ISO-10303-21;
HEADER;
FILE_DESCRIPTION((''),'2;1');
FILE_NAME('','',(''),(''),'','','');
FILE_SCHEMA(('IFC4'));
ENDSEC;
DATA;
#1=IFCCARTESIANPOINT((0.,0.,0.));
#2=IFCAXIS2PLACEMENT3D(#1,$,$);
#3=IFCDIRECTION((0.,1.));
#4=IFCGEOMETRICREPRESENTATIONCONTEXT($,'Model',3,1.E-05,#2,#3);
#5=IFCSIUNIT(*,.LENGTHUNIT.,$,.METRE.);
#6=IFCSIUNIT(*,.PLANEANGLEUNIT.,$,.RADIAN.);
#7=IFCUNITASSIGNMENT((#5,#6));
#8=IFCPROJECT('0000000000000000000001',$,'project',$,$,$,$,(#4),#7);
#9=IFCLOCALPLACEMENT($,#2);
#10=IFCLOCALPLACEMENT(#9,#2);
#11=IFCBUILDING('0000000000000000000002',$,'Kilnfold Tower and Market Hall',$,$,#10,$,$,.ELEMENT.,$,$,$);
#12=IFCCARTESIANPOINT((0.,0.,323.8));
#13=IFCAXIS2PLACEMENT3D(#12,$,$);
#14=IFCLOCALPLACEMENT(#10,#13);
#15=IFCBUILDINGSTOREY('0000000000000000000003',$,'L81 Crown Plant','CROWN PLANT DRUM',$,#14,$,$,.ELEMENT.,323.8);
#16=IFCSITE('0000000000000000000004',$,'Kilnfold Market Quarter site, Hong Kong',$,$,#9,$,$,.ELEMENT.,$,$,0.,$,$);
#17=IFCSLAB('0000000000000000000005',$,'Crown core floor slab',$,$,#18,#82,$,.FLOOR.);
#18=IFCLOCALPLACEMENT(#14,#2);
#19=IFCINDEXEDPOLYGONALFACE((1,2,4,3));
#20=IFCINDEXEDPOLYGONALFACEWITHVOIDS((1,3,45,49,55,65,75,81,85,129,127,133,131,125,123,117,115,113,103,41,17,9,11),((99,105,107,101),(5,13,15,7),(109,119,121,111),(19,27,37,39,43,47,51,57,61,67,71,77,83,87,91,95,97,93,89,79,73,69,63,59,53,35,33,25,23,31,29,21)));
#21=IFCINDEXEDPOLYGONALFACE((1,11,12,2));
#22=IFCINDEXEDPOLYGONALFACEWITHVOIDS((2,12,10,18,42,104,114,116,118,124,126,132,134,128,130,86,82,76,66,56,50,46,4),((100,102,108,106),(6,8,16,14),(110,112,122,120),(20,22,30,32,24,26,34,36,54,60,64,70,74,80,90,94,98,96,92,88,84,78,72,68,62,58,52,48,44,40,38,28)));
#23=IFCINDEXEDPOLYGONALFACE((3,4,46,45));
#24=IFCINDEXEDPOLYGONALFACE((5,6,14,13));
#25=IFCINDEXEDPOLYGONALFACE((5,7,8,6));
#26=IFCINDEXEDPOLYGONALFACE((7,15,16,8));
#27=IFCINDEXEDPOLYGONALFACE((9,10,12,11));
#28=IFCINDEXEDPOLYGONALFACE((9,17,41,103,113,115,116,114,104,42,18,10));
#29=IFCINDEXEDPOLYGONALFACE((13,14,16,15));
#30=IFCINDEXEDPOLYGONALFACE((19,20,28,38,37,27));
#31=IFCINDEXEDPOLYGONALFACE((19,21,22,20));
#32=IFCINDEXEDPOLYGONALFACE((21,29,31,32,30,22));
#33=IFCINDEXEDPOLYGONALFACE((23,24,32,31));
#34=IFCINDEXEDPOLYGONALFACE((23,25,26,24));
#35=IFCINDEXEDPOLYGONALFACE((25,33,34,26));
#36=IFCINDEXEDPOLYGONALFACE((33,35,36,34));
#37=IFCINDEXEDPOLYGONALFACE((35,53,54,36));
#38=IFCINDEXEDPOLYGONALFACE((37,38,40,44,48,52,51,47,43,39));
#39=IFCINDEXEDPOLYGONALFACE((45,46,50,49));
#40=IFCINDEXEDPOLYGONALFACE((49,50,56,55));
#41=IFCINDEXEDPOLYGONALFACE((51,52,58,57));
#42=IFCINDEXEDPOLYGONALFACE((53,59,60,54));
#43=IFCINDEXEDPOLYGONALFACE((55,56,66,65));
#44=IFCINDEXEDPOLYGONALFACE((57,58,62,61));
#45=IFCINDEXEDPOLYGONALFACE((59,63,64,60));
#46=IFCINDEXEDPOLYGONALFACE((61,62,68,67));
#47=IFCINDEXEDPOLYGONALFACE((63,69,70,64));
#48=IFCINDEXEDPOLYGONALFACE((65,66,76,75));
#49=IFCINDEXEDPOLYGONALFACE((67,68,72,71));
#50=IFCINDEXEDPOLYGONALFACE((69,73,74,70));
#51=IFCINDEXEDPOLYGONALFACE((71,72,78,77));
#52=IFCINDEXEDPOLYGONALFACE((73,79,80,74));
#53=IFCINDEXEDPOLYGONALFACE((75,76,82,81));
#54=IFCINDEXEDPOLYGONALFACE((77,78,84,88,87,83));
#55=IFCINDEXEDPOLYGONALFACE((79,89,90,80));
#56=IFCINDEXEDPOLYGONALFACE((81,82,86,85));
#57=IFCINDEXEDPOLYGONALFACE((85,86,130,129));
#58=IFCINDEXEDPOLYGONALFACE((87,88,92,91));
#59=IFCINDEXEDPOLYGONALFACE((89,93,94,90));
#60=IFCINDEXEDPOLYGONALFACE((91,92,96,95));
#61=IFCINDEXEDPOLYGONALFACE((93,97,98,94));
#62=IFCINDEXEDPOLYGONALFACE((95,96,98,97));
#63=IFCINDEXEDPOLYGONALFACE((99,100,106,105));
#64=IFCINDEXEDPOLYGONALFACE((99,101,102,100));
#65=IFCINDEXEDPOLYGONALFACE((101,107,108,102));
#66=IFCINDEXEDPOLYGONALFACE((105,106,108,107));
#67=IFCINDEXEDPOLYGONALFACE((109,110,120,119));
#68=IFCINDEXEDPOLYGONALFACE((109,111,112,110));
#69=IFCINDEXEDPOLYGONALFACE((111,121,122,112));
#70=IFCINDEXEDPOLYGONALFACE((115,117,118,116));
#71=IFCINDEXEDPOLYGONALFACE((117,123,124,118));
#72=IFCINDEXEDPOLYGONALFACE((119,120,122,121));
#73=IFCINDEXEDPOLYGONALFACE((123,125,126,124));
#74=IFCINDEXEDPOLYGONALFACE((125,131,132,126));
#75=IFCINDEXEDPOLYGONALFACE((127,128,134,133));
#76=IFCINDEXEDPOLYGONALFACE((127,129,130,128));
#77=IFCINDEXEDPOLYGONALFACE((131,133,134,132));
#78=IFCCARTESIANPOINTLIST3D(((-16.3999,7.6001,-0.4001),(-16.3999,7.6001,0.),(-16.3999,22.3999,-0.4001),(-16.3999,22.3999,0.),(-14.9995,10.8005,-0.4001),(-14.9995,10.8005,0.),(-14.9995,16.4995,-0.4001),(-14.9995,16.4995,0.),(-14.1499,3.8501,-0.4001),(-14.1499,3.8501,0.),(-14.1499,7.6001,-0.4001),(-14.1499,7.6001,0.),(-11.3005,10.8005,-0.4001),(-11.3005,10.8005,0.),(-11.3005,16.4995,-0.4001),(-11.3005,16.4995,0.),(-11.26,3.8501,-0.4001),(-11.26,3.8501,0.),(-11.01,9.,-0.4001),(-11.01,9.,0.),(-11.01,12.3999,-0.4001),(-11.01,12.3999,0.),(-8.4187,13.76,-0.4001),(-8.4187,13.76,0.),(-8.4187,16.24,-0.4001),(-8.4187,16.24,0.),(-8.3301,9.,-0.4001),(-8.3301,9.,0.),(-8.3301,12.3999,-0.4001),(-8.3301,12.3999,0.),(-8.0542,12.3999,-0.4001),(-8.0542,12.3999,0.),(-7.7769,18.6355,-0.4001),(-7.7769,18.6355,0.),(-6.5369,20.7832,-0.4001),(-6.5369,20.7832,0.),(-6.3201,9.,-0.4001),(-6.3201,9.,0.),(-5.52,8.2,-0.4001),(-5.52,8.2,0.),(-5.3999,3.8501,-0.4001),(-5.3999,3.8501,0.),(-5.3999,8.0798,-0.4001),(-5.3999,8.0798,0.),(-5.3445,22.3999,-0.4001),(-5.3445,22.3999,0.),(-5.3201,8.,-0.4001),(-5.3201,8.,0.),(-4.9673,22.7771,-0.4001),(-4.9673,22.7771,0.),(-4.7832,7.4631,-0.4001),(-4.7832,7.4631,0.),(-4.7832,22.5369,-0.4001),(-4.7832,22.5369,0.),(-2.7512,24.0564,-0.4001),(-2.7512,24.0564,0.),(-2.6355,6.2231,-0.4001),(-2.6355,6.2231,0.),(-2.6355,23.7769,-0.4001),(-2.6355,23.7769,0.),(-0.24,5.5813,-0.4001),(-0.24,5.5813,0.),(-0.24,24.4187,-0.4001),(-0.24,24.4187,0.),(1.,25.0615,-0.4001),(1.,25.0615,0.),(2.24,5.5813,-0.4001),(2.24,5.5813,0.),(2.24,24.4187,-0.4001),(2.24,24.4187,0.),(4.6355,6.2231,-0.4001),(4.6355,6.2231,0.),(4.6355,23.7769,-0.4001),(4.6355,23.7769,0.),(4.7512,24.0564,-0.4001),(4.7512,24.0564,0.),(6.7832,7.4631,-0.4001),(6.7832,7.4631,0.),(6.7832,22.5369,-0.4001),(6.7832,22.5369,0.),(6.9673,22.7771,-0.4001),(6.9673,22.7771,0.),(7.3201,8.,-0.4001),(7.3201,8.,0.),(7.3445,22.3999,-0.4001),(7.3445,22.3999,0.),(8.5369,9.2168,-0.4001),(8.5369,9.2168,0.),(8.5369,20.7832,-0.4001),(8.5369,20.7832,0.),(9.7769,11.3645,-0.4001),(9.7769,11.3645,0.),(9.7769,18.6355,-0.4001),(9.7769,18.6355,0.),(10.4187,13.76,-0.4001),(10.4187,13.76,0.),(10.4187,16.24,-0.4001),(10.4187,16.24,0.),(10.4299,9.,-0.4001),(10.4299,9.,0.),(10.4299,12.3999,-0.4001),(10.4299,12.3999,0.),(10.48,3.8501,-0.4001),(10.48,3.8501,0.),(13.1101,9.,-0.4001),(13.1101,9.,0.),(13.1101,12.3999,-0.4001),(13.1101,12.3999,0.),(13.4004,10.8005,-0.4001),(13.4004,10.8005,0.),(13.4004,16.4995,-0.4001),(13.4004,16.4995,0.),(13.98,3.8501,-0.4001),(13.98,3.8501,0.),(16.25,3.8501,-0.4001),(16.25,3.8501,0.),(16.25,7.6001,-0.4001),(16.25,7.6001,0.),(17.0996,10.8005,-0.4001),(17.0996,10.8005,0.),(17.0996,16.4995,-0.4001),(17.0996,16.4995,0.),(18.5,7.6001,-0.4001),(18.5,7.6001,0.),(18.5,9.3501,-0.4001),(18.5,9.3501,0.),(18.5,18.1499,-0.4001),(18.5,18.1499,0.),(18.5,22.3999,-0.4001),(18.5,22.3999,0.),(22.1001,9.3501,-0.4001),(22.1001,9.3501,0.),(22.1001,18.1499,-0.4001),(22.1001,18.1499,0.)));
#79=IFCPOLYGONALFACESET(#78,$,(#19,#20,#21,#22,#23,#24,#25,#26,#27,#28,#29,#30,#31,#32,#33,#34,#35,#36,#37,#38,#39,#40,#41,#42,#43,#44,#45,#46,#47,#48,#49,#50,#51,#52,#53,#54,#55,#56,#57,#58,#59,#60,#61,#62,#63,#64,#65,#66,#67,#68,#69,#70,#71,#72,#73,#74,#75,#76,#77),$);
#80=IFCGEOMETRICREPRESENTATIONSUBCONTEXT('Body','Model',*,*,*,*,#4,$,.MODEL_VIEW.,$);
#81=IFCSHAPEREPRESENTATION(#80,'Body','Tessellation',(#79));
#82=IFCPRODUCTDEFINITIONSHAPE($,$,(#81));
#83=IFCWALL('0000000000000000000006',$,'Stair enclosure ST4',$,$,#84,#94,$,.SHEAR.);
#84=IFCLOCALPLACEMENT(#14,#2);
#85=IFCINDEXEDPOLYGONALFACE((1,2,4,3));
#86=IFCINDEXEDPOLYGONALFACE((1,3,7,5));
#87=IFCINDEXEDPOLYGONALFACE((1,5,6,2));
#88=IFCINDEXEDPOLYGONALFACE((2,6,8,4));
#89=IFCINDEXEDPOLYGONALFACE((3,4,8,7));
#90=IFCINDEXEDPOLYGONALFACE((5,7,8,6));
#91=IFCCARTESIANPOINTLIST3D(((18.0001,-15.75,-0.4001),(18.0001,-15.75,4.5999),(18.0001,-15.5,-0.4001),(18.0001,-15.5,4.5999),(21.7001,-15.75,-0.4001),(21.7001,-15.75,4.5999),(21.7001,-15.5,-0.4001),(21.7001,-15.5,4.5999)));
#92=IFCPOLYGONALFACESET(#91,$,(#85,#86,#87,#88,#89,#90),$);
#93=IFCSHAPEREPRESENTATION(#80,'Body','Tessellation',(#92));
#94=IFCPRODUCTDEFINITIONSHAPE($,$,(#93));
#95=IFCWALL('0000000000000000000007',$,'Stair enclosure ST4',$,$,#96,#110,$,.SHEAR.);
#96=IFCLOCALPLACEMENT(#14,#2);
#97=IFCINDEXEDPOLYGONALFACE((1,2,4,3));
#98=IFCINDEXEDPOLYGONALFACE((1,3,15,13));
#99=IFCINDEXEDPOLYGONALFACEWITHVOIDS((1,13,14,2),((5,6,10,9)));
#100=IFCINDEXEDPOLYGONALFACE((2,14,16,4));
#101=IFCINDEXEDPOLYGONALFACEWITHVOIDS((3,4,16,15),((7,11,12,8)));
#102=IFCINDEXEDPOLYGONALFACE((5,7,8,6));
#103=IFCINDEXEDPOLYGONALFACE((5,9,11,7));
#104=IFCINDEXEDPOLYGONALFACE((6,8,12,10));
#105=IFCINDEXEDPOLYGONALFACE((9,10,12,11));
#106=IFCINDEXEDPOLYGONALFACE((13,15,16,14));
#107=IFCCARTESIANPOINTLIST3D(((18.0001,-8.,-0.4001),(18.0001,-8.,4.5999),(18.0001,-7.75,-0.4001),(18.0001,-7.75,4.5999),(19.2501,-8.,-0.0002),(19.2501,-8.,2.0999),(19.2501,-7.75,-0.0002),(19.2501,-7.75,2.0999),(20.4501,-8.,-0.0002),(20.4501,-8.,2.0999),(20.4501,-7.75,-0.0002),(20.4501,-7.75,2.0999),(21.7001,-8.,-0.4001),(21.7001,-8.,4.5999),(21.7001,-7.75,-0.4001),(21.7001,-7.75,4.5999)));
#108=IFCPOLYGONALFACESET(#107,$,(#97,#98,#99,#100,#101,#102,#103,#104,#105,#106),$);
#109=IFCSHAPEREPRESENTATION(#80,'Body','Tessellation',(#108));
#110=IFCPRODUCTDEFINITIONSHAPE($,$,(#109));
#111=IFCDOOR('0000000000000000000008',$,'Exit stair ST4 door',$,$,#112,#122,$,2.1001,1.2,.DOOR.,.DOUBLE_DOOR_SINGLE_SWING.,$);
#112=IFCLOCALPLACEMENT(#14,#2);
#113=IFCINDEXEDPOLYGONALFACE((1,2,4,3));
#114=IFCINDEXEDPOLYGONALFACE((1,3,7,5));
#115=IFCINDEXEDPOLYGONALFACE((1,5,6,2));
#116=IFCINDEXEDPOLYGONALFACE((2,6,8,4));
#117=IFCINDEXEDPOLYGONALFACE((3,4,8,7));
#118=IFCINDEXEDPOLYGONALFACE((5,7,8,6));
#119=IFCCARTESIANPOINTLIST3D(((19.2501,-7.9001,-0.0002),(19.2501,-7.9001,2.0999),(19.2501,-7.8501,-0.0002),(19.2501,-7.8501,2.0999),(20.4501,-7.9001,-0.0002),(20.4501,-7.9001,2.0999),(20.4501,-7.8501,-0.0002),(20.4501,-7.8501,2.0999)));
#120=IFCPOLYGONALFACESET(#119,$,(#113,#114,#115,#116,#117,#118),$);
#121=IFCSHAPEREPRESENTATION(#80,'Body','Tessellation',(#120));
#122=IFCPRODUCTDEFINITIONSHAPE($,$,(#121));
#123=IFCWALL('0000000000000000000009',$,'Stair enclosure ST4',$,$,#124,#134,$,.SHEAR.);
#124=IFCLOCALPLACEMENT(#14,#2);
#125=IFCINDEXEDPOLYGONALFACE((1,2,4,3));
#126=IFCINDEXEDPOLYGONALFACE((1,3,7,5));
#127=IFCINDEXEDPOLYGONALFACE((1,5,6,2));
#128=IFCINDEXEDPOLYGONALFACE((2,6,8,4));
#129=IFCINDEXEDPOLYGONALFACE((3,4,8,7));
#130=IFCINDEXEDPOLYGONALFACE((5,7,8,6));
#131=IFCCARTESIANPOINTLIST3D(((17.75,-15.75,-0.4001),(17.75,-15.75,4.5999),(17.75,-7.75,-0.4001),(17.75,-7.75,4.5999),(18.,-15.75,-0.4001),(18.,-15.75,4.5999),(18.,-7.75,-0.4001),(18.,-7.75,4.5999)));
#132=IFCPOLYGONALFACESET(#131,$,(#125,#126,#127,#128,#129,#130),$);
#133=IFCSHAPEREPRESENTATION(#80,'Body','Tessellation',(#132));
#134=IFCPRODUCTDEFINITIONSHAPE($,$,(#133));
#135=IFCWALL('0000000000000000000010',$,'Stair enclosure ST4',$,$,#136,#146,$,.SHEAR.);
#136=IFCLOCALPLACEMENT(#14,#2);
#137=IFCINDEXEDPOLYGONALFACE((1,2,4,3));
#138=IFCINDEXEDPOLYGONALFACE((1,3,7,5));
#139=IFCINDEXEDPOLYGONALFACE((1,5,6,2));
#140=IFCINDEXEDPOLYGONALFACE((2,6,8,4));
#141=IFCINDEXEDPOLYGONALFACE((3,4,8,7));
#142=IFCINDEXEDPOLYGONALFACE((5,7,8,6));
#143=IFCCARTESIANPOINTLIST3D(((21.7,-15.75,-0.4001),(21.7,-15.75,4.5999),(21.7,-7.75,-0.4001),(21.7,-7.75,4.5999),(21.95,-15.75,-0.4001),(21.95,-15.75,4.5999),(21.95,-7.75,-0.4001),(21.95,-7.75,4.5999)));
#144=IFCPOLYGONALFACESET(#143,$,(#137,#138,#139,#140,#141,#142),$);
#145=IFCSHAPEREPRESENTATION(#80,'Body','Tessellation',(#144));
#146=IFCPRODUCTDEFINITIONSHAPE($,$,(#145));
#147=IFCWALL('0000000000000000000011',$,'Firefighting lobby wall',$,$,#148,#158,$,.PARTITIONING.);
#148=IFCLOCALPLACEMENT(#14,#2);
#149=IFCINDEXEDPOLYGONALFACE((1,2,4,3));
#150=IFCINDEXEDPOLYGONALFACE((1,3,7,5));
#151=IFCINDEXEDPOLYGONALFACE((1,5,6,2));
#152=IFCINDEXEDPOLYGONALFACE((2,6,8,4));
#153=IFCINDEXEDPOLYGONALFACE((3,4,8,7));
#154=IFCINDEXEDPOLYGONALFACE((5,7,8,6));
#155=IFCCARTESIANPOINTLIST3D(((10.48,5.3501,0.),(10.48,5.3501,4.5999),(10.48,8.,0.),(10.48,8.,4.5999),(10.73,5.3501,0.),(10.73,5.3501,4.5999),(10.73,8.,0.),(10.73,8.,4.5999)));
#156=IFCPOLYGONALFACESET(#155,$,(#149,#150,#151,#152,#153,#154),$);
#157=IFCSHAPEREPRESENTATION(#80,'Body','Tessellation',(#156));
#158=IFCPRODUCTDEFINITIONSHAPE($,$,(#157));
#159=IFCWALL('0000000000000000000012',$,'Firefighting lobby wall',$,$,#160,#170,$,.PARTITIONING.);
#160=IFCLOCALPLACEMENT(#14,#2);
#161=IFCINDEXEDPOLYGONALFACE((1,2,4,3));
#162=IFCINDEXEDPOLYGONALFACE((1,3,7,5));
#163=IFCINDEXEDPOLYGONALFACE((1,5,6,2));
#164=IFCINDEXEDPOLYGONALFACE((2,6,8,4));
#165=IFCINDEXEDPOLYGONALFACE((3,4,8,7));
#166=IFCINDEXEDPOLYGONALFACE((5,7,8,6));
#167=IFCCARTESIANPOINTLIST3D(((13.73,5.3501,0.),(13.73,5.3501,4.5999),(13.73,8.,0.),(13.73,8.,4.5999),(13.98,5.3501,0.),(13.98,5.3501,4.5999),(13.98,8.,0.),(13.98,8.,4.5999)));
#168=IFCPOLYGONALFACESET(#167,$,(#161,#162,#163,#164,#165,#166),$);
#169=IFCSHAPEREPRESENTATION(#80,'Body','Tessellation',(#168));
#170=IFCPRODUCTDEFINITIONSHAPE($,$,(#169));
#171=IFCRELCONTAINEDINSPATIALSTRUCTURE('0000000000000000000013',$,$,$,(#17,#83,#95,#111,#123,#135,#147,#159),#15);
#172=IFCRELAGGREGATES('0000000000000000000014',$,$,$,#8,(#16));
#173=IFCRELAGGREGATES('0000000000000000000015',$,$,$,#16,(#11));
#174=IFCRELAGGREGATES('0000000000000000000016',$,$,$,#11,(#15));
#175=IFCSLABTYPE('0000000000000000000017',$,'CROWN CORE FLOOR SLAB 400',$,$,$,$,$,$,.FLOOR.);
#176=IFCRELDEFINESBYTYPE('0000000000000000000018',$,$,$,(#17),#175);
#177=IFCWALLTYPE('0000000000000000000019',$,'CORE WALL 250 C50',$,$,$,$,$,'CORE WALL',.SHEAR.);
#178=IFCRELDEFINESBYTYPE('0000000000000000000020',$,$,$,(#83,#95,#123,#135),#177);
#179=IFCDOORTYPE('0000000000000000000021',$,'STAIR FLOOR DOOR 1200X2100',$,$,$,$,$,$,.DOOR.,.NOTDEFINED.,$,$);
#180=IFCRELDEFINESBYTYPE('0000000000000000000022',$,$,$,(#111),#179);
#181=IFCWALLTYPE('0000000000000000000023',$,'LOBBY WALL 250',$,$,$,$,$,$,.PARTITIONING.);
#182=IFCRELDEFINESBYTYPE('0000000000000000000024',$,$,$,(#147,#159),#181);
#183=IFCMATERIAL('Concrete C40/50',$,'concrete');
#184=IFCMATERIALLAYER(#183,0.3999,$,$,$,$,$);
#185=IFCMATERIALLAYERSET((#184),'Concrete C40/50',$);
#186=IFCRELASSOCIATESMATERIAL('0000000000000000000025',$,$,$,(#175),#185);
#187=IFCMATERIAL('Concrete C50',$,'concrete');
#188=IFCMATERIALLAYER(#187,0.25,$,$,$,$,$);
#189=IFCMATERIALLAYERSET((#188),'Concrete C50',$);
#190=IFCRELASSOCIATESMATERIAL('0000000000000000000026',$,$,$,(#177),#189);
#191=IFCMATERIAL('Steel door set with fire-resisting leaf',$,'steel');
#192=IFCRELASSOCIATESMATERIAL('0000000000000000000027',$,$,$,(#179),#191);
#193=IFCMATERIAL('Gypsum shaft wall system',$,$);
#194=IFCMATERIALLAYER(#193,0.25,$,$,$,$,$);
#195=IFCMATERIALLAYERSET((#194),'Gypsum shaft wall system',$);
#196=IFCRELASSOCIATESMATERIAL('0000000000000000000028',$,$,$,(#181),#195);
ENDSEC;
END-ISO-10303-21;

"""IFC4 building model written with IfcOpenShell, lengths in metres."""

from ifc_helpers import new_model, si_unit, direction, frame, frame_2d, origin, place, context, subcontext, project, spatial, polyline, rectangle, outline, extrude, source, transform, mapped, material, layer, layer_set, type_object, element, fill, save


model = new_model("IFC4")

# Units and contexts
model_context = context("Model", 3, precision=1e-05, world=origin(), true_north=direction((0.0, 1.0)))
body_context = subcontext(model_context, "Body", "Model", "MODEL_VIEW")
ifc_project = project(units=[si_unit("LENGTHUNIT", "METRE"), si_unit("PLANEANGLEUNIT", "RADIAN")], contexts=[model_context])

# Site, building, storey
site_placement = place(None, origin())
site = spatial("IfcSite", under=ifc_project, at=site_placement, Name="Kilnfold Market Quarter site, Hong Kong", CompositionType="ELEMENT", RefElevation=0.0)
building_placement = place(site_placement, origin())
building = spatial("IfcBuilding", under=site, at=building_placement, Name="Kilnfold Tower and Market Hall", CompositionType="ELEMENT")
storey_placement = place(building_placement, frame((0.0, 0.0, 323.8)))
storey = spatial("IfcBuildingStorey", under=building, at=storey_placement, Name="L81 Crown Plant", Description="CROWN PLANT DRUM", CompositionType="ELEMENT", Elevation=323.8)

# Slab
ifc_material_1 = material(Name="Concrete C40/50", Category="concrete")
ifc_layer_1 = layer(ifc_material_1, 0.3999)
ifc_layer_set_1 = layer_set([ifc_layer_1], Name="Concrete C40/50")
slab_type_1 = type_object("IfcSlabType", Name="CROWN CORE FLOOR SLAB 400", PredefinedType="FLOOR", material=ifc_layer_set_1)
shared_shape_1 = source(origin(), body_context, "Body", "SweptSolid", [
    extrude(outline(polyline([(-11.26, 3.8501), (-14.1499, 3.8501), (-14.1499, 7.6001), (-16.3999, 7.6001), (-16.3999, 22.3999), (-5.3445, 22.3999), (-4.9673, 22.7771), (-2.7512, 24.0564), (1.0, 25.0615), (4.7512, 24.0564), (6.9673, 22.7771), (7.3445, 22.3999), (18.5, 22.3999), (18.5, 18.1499), (22.1001, 18.1499), (22.1001, 9.3501), (18.5, 9.3501), (18.5, 7.6001), (16.25, 7.6001), (16.25, 3.8501), (13.98, 3.8501), (10.48, 3.8501), (-5.3999, 3.8501), (-11.26, 3.8501)]), holes=[polyline([(-5.3201, 8.0), (-4.7832, 7.4631), (-2.6355, 6.2231), (-0.24, 5.5813), (2.24, 5.5813), (4.6355, 6.2231), (6.7832, 7.4631), (7.3201, 8.0), (8.5369, 9.2168), (9.7769, 11.3645), (10.4187, 13.76), (10.4187, 16.24), (9.7769, 18.6355), (8.5369, 20.7832), (6.7832, 22.5369), (4.6355, 23.7769), (2.24, 24.4187), (-0.24, 24.4187), (-2.6355, 23.7769), (-4.7832, 22.5369), (-6.5369, 20.7832), (-7.7769, 18.6355), (-8.4187, 16.24), (-8.4187, 13.76), (-8.0542, 12.3999), (-8.3301, 12.3999), (-11.01, 12.3999), (-11.01, 9.0), (-8.3301, 9.0), (-6.3201, 9.0), (-5.52, 8.2), (-5.3999, 8.0798), (-5.3201, 8.0)]), polyline([(10.4299, 9.0), (13.1101, 9.0), (13.1101, 12.3999), (10.4299, 12.3999), (10.4299, 9.0)]), polyline([(-11.3005, 10.8005), (-11.3005, 16.4995), (-14.9995, 16.4995), (-14.9995, 10.8005), (-11.3005, 10.8005)]), polyline([(13.4004, 10.8005), (17.0996, 10.8005), (17.0996, 16.4995), (13.4004, 16.4995), (13.4004, 10.8005)])]), origin(), (0.0, 0.0, 1.0), 0.4001),
])
slab_1_placement = place(storey_placement, frame((0.0, 0.0, -0.4001)))
element("IfcSlab", 1, at=slab_1_placement, inside=storey, type_object=slab_type_1, Name="Crown core floor slab", PredefinedType="FLOOR", context=body_context, shape_type="MappedRepresentation", body=[
    mapped(shared_shape_1, transform((0.0, 0.0, 0.0))),
])

# Wall
ifc_material_2 = material(Name="Concrete C50", Category="concrete")
ifc_layer_2 = layer(ifc_material_2, 0.25)
ifc_layer_set_2 = layer_set([ifc_layer_2], Name="Concrete C50")
wall_type_1 = type_object("IfcWallType", Name="CORE WALL 250 C50", ElementType="CORE WALL", PredefinedType="SHEAR", material=ifc_layer_set_2)
shared_shape_2 = source(origin(), body_context, "Body", "SweptSolid", [
    extrude(rectangle(XDim=3.7, YDim=0.25, at=frame_2d((1.8501, 0.0))), origin(), (0.0, 0.0, 1.0), 5.0),
])
wall_1_placement = place(storey_placement, frame((18.0, -15.625, -0.4001), z_axis=(0.0, 0.0, 1.0), x_axis=(1.0, 0.0, 0.0)))
element("IfcWall", 2, at=wall_1_placement, inside=storey, type_object=wall_type_1, Name="Stair enclosure ST4", PredefinedType="SHEAR", context=body_context, shape_type="MappedRepresentation", body=[
    mapped(shared_shape_2, transform((0.0, 0.0, 0.0))),
])

# Wall, opening, door
wall_2_placement = place(storey_placement, frame((18.0, -7.875, -0.4001), z_axis=(0.0, 0.0, 1.0), x_axis=(1.0, 0.0, 0.0)))
wall_2 = element("IfcWall", 3, at=wall_2_placement, inside=storey, type_object=wall_type_1, Name="Stair enclosure ST4", PredefinedType="SHEAR", context=body_context, shape_type="MappedRepresentation", body=[
    mapped(shared_shape_2, transform((0.0, 0.0, 0.0))),
])
opening_1_placement = place(wall_2_placement, frame((1.25, 0.0, 0.3999)))
opening_1 = element("IfcOpeningElement", 4, at=opening_1_placement, cuts=wall_2, PredefinedType="OPENING", context=body_context, shape_type="SweptSolid", body=[
    extrude(rectangle(XDim=1.2, YDim=2.1001, at=frame_2d((0.6001, 1.05))), frame((0.0, 0.135, 0.0), z_axis=(0.0, -1.0, 0.0), x_axis=(1.0, 0.0, 0.0)), (0.0, 0.0, 1.0), 0.27),
])
ifc_material_3 = material(Name="Steel door set with fire-resisting leaf", Category="steel")
door_type_1 = type_object("IfcDoorType", Name="STAIR FLOOR DOOR 1200X2100", OperationType="NOTDEFINED", PredefinedType="DOOR", material=ifc_material_3)
door_1_placement = place(opening_1_placement, origin())
door_1 = element("IfcDoor", 5, at=door_1_placement, inside=storey, type_object=door_type_1, Name="Exit stair ST4 door", OperationType="DOUBLE_DOOR_SINGLE_SWING", OverallHeight=2.1001, OverallWidth=1.2, PredefinedType="DOOR", context=body_context, shape_type="SweptSolid", body=[
    extrude(rectangle(XDim=1.2, YDim=2.1001, at=frame_2d((0.6001, 1.05))), frame((0.0, 0.0249, 0.0), z_axis=(0.0, -1.0, 0.0), x_axis=(1.0, 0.0, 0.0)), (0.0, 0.0, 1.0), 0.05),
])
fill(opening_1, door_1)

# Walls
shared_shape_3 = source(origin(), body_context, "Body", "SweptSolid", [
    extrude(rectangle(XDim=8.0, YDim=0.25, at=frame_2d((4.0, 0.0))), origin(), (0.0, 0.0, 1.0), 5.0),
])
for number, where, z_axis, x_axis, name in (
    (6, (17.875, -15.75, -0.4001), (0.0, 0.0, 1.0), (0.0, 1.0, 0.0), "Stair enclosure ST4"),
    (7, (21.825, -15.75, -0.4001), (0.0, 0.0, 1.0), (0.0, 1.0, 0.0), "Stair enclosure ST4"),
):
    element("IfcWall", number, at=place(storey_placement, frame(where, z_axis=z_axis, x_axis=x_axis)), inside=storey, type_object=wall_type_1, Name=name, PredefinedType="SHEAR", context=body_context, shape_type="MappedRepresentation", body=[
        mapped(shared_shape_3, transform((0.0, 0.0, 0.0))),
    ])
ifc_material_4 = material(Name="Gypsum shaft wall system")
ifc_layer_3 = layer(ifc_material_4, 0.25)
ifc_layer_set_3 = layer_set([ifc_layer_3], Name="Gypsum shaft wall system")
wall_type_2 = type_object("IfcWallType", Name="LOBBY WALL 250", PredefinedType="PARTITIONING", material=ifc_layer_set_3)
shared_shape_4 = source(origin(), body_context, "Body", "SweptSolid", [
    extrude(rectangle(XDim=2.6499, YDim=0.25, at=frame_2d((1.325, 0.0))), origin(), (0.0, 0.0, 1.0), 4.5999),
])
for number, where, z_axis, x_axis, name in (
    (8, (10.605, 5.3501, 0.0), (0.0, 0.0, 1.0), (0.0, 1.0, 0.0), "Firefighting lobby wall"),
    (9, (13.855, 5.3501, 0.0), (0.0, 0.0, 1.0), (0.0, 1.0, 0.0), "Firefighting lobby wall"),
):
    element("IfcWall", number, at=place(storey_placement, frame(where, z_axis=z_axis, x_axis=x_axis)), inside=storey, type_object=wall_type_2, Name=name, PredefinedType="PARTITIONING", context=body_context, shape_type="MappedRepresentation", body=[
        mapped(shared_shape_4, transform((0.0, 0.0, 0.0))),
    ])

save(model, "model.ifc")
